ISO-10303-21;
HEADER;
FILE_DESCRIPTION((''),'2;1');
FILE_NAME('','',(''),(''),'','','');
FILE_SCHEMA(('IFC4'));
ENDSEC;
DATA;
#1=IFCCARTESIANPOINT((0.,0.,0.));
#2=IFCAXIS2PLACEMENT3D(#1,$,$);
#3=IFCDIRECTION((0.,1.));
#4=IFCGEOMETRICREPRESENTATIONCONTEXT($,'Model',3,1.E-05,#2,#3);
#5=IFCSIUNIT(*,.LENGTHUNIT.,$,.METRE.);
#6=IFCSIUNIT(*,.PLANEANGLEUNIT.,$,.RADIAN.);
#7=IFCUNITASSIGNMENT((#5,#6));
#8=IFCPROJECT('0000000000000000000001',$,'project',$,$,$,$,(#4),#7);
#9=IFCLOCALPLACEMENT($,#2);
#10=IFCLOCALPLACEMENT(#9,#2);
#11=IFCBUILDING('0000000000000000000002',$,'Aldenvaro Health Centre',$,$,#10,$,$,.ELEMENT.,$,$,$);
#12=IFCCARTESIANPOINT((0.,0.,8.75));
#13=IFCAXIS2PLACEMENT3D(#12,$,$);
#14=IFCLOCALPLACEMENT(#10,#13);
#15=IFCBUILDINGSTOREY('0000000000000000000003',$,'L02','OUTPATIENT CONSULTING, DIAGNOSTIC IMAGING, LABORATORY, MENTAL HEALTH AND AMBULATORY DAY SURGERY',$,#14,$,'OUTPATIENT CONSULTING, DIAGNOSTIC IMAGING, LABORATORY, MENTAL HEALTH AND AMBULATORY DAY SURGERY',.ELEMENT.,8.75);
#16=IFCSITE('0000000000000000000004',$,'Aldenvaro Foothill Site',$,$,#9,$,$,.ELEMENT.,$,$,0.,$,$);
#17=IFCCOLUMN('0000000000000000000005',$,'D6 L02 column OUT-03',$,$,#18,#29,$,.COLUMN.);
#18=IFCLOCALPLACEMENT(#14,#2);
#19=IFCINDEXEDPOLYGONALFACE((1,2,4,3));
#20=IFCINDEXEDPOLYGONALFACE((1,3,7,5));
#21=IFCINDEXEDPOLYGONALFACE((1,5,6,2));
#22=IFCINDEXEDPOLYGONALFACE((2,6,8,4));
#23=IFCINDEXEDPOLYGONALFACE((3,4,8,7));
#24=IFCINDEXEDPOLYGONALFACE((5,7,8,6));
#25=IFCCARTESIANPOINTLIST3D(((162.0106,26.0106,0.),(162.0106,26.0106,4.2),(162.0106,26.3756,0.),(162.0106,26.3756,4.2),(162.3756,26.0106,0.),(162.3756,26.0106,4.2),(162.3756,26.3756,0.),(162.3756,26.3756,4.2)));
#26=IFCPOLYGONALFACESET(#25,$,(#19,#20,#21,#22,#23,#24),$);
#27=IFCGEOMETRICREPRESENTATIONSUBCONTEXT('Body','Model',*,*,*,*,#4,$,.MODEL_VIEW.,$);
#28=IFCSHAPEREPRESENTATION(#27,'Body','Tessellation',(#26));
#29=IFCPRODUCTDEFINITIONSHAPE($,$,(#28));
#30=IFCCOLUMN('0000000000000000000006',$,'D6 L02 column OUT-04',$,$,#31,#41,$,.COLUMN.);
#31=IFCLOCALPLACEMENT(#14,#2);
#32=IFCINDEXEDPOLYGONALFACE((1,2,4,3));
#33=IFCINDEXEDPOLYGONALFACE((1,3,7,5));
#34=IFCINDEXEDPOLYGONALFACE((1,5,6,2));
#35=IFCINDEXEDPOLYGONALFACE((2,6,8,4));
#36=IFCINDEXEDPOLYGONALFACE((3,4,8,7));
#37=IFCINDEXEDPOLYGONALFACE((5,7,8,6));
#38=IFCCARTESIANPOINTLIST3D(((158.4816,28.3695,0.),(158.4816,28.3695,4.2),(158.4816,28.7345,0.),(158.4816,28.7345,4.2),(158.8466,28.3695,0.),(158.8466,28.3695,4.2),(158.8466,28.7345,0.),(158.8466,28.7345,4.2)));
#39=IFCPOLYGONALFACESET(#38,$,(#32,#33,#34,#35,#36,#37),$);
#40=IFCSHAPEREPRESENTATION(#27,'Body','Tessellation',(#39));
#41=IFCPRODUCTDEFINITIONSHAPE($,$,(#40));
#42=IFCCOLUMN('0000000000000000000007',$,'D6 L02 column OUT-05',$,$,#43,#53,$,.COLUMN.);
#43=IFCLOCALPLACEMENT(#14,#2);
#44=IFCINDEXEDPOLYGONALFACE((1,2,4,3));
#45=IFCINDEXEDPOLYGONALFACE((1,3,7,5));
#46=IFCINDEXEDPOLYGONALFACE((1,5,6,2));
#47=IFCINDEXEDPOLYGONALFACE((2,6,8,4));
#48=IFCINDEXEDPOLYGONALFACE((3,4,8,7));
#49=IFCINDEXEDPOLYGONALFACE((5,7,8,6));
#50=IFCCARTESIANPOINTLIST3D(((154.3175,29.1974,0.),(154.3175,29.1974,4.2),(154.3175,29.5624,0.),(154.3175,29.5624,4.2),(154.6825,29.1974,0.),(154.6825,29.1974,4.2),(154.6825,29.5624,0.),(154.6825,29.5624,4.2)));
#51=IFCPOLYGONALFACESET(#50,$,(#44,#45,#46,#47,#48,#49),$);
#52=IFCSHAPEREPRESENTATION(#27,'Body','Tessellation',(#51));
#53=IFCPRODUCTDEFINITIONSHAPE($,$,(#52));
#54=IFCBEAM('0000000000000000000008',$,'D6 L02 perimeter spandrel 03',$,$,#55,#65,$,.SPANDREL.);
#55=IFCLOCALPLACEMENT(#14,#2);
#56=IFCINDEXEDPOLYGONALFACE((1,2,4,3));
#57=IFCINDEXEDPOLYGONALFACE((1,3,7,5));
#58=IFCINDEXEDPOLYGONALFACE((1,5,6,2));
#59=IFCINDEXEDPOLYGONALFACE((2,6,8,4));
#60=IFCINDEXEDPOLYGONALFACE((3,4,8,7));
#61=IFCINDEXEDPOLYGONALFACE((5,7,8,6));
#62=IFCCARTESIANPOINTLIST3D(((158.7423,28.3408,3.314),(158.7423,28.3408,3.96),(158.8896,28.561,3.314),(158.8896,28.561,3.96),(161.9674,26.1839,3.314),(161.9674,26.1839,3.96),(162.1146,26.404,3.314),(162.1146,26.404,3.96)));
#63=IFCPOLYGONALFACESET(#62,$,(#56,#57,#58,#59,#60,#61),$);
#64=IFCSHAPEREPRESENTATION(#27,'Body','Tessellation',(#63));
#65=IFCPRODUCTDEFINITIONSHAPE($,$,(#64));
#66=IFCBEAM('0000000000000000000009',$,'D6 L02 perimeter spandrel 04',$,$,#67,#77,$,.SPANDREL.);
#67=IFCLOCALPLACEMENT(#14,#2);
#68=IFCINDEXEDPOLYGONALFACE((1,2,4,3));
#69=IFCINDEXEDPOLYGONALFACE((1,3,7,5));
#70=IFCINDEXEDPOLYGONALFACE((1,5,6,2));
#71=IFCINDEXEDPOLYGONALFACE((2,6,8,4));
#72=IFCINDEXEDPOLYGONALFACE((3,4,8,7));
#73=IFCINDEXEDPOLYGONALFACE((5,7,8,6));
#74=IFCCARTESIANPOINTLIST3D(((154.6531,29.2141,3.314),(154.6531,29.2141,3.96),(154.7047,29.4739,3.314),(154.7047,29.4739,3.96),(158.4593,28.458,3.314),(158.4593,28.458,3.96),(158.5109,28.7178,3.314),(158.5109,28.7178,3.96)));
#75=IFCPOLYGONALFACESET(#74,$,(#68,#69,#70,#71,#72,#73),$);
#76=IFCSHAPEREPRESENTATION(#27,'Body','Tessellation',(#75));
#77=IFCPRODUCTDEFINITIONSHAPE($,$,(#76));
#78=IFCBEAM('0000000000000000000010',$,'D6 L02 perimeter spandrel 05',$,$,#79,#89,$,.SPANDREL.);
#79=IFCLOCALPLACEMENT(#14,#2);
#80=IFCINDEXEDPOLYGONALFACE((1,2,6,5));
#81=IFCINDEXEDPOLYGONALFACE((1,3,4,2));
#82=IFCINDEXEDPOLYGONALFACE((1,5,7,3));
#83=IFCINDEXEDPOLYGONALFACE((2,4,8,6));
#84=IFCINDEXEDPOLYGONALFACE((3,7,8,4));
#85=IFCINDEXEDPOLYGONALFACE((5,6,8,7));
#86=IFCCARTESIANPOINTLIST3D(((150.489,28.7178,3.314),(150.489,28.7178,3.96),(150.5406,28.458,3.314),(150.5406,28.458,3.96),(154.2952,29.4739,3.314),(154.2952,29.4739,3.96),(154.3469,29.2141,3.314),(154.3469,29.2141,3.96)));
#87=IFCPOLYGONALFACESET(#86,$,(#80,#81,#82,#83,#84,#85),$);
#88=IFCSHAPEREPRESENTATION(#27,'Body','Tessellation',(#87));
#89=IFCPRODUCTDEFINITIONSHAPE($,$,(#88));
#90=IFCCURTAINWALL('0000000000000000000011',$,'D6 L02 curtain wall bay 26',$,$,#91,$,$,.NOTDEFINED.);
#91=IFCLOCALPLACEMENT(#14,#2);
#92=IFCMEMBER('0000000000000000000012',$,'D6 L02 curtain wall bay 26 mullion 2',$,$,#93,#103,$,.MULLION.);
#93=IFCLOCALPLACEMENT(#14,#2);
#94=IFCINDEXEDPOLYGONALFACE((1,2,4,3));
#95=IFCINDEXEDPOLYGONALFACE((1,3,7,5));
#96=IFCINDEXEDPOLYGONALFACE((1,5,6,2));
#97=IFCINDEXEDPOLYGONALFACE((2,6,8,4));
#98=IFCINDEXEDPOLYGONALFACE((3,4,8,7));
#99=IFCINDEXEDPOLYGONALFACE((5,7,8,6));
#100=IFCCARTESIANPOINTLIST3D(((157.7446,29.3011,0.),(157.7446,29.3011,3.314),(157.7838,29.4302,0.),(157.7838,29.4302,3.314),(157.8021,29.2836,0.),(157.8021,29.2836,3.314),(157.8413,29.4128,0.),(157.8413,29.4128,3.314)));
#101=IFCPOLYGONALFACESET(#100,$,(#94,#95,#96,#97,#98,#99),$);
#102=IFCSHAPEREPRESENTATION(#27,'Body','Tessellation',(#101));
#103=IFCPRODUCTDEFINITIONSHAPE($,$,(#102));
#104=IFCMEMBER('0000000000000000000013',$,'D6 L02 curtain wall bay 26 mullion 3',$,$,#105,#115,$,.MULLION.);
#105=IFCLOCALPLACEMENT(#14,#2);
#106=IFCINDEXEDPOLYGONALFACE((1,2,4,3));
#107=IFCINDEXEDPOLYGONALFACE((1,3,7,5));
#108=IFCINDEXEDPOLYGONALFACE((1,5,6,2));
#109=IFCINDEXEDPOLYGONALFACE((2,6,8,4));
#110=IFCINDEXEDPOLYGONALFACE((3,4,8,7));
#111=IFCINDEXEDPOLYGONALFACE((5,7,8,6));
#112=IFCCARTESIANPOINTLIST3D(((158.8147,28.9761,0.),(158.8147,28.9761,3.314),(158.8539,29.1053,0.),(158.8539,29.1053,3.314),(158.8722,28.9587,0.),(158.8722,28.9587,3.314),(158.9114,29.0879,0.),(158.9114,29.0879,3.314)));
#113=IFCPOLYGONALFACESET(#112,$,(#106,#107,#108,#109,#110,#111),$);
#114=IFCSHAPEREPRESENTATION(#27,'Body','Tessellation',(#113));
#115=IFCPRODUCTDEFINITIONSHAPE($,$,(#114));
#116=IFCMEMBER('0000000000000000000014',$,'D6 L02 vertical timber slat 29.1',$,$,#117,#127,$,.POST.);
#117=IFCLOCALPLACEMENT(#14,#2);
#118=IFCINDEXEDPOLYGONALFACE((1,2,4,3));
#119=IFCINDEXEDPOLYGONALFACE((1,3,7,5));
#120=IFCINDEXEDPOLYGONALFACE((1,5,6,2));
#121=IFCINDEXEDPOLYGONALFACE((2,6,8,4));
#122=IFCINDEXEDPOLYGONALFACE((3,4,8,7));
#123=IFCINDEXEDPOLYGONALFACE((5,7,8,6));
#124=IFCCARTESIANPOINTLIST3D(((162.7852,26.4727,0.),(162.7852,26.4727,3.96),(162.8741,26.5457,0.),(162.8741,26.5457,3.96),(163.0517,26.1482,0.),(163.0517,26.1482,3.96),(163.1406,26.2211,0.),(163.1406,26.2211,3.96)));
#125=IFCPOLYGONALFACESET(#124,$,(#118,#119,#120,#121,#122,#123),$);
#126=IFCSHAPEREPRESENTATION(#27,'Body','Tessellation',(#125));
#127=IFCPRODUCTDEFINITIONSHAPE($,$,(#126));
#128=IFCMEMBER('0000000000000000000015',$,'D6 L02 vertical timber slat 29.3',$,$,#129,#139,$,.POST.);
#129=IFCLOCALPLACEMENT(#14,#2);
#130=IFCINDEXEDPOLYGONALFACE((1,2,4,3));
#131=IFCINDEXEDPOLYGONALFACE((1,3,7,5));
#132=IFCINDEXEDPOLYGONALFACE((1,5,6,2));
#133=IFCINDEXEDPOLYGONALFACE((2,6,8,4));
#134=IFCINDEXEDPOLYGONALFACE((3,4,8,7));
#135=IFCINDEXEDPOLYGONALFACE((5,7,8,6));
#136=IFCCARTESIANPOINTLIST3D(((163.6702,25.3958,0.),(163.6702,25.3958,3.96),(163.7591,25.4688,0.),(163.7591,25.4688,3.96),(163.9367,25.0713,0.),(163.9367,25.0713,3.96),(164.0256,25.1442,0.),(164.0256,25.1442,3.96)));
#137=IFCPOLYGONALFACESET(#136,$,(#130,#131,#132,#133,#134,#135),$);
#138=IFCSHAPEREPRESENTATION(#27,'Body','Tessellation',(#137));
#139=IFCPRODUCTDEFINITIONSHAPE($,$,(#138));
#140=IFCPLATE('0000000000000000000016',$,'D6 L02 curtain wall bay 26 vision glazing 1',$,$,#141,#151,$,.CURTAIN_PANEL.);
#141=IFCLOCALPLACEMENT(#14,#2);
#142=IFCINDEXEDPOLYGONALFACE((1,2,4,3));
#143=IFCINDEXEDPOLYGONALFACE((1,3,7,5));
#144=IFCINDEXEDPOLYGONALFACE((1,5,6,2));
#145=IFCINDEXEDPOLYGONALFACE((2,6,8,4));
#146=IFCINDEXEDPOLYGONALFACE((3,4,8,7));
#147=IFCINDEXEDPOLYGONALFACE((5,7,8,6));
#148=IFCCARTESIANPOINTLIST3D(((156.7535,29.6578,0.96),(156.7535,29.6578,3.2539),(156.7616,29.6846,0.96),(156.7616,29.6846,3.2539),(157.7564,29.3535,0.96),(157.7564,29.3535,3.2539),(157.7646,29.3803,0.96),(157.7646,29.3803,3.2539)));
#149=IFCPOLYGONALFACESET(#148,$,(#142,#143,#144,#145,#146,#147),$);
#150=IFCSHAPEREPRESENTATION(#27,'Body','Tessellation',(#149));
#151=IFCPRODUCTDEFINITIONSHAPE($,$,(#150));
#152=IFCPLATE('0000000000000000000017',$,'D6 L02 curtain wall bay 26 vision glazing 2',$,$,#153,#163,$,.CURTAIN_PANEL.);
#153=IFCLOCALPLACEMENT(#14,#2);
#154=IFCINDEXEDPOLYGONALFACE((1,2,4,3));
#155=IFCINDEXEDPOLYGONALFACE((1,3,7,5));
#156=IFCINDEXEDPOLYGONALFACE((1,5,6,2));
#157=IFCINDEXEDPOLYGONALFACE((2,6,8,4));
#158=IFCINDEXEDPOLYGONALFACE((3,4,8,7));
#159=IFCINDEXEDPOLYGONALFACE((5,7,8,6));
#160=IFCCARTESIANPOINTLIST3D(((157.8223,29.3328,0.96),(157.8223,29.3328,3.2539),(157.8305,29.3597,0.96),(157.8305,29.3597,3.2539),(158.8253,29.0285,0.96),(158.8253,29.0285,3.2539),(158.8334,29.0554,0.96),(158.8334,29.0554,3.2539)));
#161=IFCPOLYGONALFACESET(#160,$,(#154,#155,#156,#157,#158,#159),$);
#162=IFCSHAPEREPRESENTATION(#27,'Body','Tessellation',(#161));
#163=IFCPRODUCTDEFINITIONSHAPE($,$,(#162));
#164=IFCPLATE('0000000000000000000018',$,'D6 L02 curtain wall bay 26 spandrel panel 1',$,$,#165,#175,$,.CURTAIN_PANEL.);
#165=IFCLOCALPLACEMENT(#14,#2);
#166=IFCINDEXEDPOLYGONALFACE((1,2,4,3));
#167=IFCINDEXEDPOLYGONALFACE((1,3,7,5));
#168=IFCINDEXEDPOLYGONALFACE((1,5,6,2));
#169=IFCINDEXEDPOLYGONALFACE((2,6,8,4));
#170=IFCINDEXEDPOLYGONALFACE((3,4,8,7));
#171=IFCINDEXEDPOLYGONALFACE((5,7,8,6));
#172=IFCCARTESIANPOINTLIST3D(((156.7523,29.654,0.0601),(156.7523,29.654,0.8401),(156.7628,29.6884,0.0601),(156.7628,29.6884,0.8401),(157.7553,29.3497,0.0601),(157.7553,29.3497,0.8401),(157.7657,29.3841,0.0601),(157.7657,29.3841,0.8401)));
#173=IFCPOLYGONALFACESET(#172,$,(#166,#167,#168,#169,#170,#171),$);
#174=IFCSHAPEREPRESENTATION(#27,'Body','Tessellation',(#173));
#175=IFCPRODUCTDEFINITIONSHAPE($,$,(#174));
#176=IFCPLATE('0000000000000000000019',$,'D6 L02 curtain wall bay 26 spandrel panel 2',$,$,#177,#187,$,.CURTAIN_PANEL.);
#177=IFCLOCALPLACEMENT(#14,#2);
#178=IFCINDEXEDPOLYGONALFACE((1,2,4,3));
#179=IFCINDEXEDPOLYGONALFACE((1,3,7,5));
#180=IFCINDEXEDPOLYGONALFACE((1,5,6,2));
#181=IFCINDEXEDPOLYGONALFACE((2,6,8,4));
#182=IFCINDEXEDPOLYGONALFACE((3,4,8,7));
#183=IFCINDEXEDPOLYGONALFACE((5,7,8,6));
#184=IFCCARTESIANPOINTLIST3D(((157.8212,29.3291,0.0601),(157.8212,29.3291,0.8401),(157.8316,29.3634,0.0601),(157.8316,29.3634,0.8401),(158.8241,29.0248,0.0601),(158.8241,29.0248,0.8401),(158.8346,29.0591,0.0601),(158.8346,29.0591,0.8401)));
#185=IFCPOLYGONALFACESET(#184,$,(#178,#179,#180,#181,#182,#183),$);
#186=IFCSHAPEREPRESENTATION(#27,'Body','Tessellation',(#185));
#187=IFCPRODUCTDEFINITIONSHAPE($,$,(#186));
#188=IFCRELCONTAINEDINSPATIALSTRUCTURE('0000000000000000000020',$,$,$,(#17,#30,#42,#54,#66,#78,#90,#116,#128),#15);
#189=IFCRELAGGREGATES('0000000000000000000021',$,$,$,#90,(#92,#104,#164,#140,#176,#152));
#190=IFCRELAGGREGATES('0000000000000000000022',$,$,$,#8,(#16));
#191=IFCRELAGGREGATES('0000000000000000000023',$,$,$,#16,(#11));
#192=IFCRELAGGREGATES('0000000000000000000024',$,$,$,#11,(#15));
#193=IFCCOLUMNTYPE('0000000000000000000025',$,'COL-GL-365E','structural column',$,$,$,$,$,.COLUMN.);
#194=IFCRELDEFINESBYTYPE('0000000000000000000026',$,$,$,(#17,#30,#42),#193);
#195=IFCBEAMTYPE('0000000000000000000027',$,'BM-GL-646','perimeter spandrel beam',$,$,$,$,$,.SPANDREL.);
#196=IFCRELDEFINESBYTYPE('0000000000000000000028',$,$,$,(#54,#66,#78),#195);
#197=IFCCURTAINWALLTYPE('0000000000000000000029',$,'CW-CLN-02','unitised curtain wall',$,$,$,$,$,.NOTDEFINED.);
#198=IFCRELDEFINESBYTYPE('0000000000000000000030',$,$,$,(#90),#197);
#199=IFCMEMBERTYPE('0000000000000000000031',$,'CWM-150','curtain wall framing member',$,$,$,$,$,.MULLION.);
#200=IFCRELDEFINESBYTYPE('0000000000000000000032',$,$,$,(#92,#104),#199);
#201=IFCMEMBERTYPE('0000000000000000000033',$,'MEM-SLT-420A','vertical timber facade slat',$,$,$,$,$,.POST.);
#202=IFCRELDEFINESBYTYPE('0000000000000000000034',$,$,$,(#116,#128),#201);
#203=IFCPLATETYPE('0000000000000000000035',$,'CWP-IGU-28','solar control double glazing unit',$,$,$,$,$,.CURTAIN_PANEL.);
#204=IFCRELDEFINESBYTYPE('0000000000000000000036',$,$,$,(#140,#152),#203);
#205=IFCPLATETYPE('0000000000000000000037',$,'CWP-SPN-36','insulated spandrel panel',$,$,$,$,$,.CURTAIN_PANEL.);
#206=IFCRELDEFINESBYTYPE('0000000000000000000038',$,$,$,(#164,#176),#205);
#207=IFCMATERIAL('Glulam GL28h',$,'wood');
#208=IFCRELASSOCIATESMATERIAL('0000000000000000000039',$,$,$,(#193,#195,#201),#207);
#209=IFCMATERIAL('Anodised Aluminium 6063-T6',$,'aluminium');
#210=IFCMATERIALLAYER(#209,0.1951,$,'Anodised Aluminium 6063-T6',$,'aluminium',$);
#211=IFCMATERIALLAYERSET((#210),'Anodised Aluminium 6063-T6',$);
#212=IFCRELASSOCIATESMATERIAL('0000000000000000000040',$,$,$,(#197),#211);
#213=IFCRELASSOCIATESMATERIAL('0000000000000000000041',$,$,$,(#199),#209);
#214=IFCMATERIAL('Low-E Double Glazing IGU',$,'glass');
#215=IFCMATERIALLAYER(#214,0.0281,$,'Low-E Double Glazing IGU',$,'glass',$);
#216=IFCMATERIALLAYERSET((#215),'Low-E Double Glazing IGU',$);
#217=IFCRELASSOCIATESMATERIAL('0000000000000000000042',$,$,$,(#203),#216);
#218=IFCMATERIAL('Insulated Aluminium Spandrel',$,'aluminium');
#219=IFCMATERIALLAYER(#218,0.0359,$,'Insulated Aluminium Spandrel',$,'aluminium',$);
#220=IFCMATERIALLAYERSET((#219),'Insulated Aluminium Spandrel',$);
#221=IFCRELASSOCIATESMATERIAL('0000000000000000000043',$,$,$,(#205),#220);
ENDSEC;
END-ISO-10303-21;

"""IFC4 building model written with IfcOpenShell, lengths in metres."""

from ifc_helpers import new_model, si_unit, direction, frame, origin, origin_2d, place, context, subcontext, project, spatial, rectangle, extrude, material, layer, layer_set, material_profile, profile_set, type_object, element, aggregate, save


model = new_model("IFC4")

# Units and contexts
model_context = context("Model", 3, precision=1e-05, world=origin(), true_north=direction((0.0, 1.0)))
body_context = subcontext(model_context, "Body", "Model", "MODEL_VIEW")
ifc_project = project(units=[si_unit("LENGTHUNIT", "METRE"), si_unit("PLANEANGLEUNIT", "RADIAN")], contexts=[model_context])

# Site, building, storey
site_placement = place(None, origin())
site = spatial("IfcSite", under=ifc_project, at=site_placement, Name="Aldenvaro Foothill Site", CompositionType="ELEMENT", RefElevation=0.0)
building_placement = place(site_placement, origin())
building = spatial("IfcBuilding", under=site, at=building_placement, Name="Aldenvaro Health Centre", CompositionType="ELEMENT")
storey_placement = place(building_placement, frame((0.0, 0.0, 8.75)))
storey = spatial("IfcBuildingStorey", under=building, at=storey_placement, Name="L02", Description="OUTPATIENT CONSULTING, DIAGNOSTIC IMAGING, LABORATORY, MENTAL HEALTH AND AMBULATORY DAY SURGERY", LongName="OUTPATIENT CONSULTING, DIAGNOSTIC IMAGING, LABORATORY, MENTAL HEALTH AND AMBULATORY DAY SURGERY", CompositionType="ELEMENT", Elevation=8.75)

# Columns
ifc_material_1 = material(Name="Glulam GL28h", Category="wood")
ifc_material_profile_1 = material_profile(ifc_material_1, rectangle(XDim=0.365, YDim=0.365, at=origin_2d()), Name="GL 365x365", Category="wood")
ifc_profile_set_1 = profile_set([ifc_material_profile_1], Name="Glulam GL28h")
column_type = type_object("IfcColumnType", Name="COL-GL-365E", Description="structural column", PredefinedType="COLUMN", material=ifc_profile_set_1)
for number, where, z_axis, x_axis, name in (
    (1, (162.1931, 26.1931, 0.0), (0.0, 0.0, 1.0), (1.0, 0.0, 0.0), "D6 L02 column OUT-03"),
    (2, (158.6641, 28.552, 0.0), (0.0, 0.0, 1.0), (1.0, 0.0, 0.0), "D6 L02 column OUT-04"),
    (3, (154.5, 29.3799, 0.0), (0.0, 0.0, 1.0), (1.0, 0.0, 0.0), "D6 L02 column OUT-05"),
):
    element("IfcColumn", number, at=place(storey_placement, frame(where, z_axis=z_axis, x_axis=x_axis)), inside=storey, type_object=column_type, Name=name, PredefinedType="COLUMN", context=body_context, shape_type="SweptSolid", body=[
        extrude(rectangle(XDim=0.365, YDim=0.365, at=origin_2d()), origin(), (0.0, 0.0, 1.0), 4.2),
    ])

# Beams
ifc_material_profile_2 = material_profile(ifc_material_1, rectangle(XDim=0.2649, YDim=0.646, at=origin_2d()), Name="GL 265x646", Category="wood")
ifc_profile_set_2 = profile_set([ifc_material_profile_2], Name="Glulam GL28h")
beam_type = type_object("IfcBeamType", Name="BM-GL-646", Description="perimeter spandrel beam", PredefinedType="SPANDREL", material=ifc_profile_set_2)
beam_placement = place(storey_placement, frame((162.041, 26.2939, 3.637), z_axis=(-0.831227, 0.555934, 0.0), x_axis=(-0.555934, -0.831227, 0.0)))
element("IfcBeam", 4, at=beam_placement, inside=storey, type_object=beam_type, Name="D6 L02 perimeter spandrel 03", PredefinedType="SPANDREL", context=body_context, shape_type="SweptSolid", body=[
    extrude(rectangle(XDim=0.2649, YDim=0.646, at=origin_2d()), origin(), (0.0, 0.0, 1.0), 3.8799),
])
for number, where, z_axis, x_axis, name in (
    (5, (158.4851, 28.5879, 3.637), (-0.980834, 0.194846, 0.0), (-0.194846, -0.980834, 0.0), "D6 L02 perimeter spandrel 04"),
    (6, (154.321, 29.344, 3.637), (-0.980834, -0.194846, 0.0), (0.194846, -0.980834, 0.0), "D6 L02 perimeter spandrel 05"),
):
    element("IfcBeam", number, at=place(storey_placement, frame(where, z_axis=z_axis, x_axis=x_axis)), inside=storey, type_object=beam_type, Name=name, PredefinedType="SPANDREL", context=body_context, shape_type="SweptSolid", body=[
        extrude(rectangle(XDim=0.2649, YDim=0.646, at=origin_2d()), origin(), (0.0, 0.0, 1.0), 3.8806),
    ])

# Curtain wall, members
ifc_material_2 = material(Name="Anodised Aluminium 6063-T6", Category="aluminium")
ifc_layer_1 = layer(ifc_material_2, 0.1951, Name="Anodised Aluminium 6063-T6", Category="aluminium")
ifc_layer_set_1 = layer_set([ifc_layer_1], Name="Anodised Aluminium 6063-T6")
curtain_wall_type = type_object("IfcCurtainWallType", Name="CW-CLN-02", Description="unitised curtain wall", PredefinedType="NOTDEFINED", material=ifc_layer_set_1)
curtain_wall_placement = place(storey_placement, origin())
curtain_wall = element("IfcCurtainWall", 7, at=curtain_wall_placement, inside=storey, type_object=curtain_wall_type, Name="D6 L02 curtain wall bay 26", PredefinedType="NOTDEFINED")
ifc_material_profile_3 = material_profile(ifc_material_2, rectangle(XDim=0.0601, YDim=0.135, at=origin_2d()), Name="ALU 60x135", Category="aluminium")
ifc_profile_set_3 = profile_set([ifc_material_profile_3], Name="Anodised Aluminium 6063-T6")
member_type_1 = type_object("IfcMemberType", Name="CWM-150", Description="curtain wall framing member", PredefinedType="MULLION", material=ifc_profile_set_3)
member_1_placement = place(storey_placement, frame((157.793, 29.3569, 0.0), z_axis=(0.0, 0.0, 1.0), x_axis=(0.956923, -0.290343, 0.0)))
member_1 = element("IfcMember", 8, at=member_1_placement, type_object=member_type_1, Name="D6 L02 curtain wall bay 26 mullion 2", PredefinedType="MULLION", context=body_context, shape_type="SweptSolid", body=[
    extrude(rectangle(XDim=0.0601, YDim=0.135, at=origin_2d()), origin(), (0.0, 0.0, 1.0), 3.314),
])
member_2_placement = place(storey_placement, frame((158.863, 29.032, 0.0), z_axis=(0.0, 0.0, 1.0), x_axis=(0.956923, -0.290343, 0.0)))
member_2 = element("IfcMember", 9, at=member_2_placement, type_object=member_type_1, Name="D6 L02 curtain wall bay 26 mullion 3", PredefinedType="MULLION", context=body_context, shape_type="SweptSolid", body=[
    extrude(rectangle(XDim=0.0601, YDim=0.135, at=origin_2d()), origin(), (0.0, 0.0, 1.0), 3.314),
])

# Members
ifc_material_profile_4 = material_profile(ifc_material_1, rectangle(XDim=0.115, YDim=0.4199, at=origin_2d()), Name="GL 115x420", Category="wood")
ifc_profile_set_4 = profile_set([ifc_material_profile_4], Name="Glulam GL28h")
member_type_2 = type_object("IfcMemberType", Name="MEM-SLT-420A", Description="vertical timber facade slat", PredefinedType="POST", material=ifc_profile_set_4)
for number, where, z_axis, x_axis, name in (
    (10, (162.9629, 26.3469, 0.0), (0.0, 0.0, 1.0), (0.77286, 0.634577, 0.0), "D6 L02 vertical timber slat 29.1"),
    (11, (163.8479, 25.27, 0.0), (0.0, 0.0, 1.0), (0.77286, 0.634577, 0.0), "D6 L02 vertical timber slat 29.3"),
):
    element("IfcMember", number, at=place(storey_placement, frame(where, z_axis=z_axis, x_axis=x_axis)), inside=storey, type_object=member_type_2, Name=name, PredefinedType="POST", context=body_context, shape_type="SweptSolid", body=[
        extrude(rectangle(XDim=0.115, YDim=0.4199, at=origin_2d()), origin(), (0.0, 0.0, 1.0), 3.96),
    ])

# Plates
ifc_material_3 = material(Name="Low-E Double Glazing IGU", Category="glass")
ifc_layer_2 = layer(ifc_material_3, 0.0281, Name="Low-E Double Glazing IGU", Category="glass")
ifc_layer_set_2 = layer_set([ifc_layer_2], Name="Low-E Double Glazing IGU")
plate_type_1 = type_object("IfcPlateType", Name="CWP-IGU-28", Description="solar control double glazing unit", PredefinedType="CURTAIN_PANEL", material=ifc_layer_set_2)
plate_1_placement = place(storey_placement, frame((157.259, 29.519, 0.96), z_axis=(0.0, 0.0, 1.0), x_axis=(0.956923, -0.290343, 0.0)))
plate_1 = element("IfcPlate", 12, at=plate_1_placement, type_object=plate_type_1, Name="D6 L02 curtain wall bay 26 vision glazing 1", PredefinedType="CURTAIN_PANEL", context=body_context, shape_type="SweptSolid", body=[
    extrude(rectangle(XDim=1.0481, YDim=0.0281, at=origin_2d()), origin(), (0.0, 0.0, 1.0), 2.2939),
])
plate_2_placement = place(storey_placement, frame((158.3279, 29.1941, 0.96), z_axis=(0.0, 0.0, 1.0), x_axis=(0.956923, -0.290343, 0.0)))
plate_2 = element("IfcPlate", 13, at=plate_2_placement, type_object=plate_type_1, Name="D6 L02 curtain wall bay 26 vision glazing 2", PredefinedType="CURTAIN_PANEL", context=body_context, shape_type="SweptSolid", body=[
    extrude(rectangle(XDim=1.0481, YDim=0.0281, at=origin_2d()), origin(), (0.0, 0.0, 1.0), 2.2939),
])
ifc_material_4 = material(Name="Insulated Aluminium Spandrel", Category="aluminium")
ifc_layer_3 = layer(ifc_material_4, 0.0359, Name="Insulated Aluminium Spandrel", Category="aluminium")
ifc_layer_set_3 = layer_set([ifc_layer_3], Name="Insulated Aluminium Spandrel")
plate_type_2 = type_object("IfcPlateType", Name="CWP-SPN-36", Description="insulated spandrel panel", PredefinedType="CURTAIN_PANEL", material=ifc_layer_set_3)
plate_3_placement = place(storey_placement, frame((157.259, 29.519, 0.0601), z_axis=(0.0, 0.0, 1.0), x_axis=(0.956923, -0.290343, 0.0)))
plate_3 = element("IfcPlate", 14, at=plate_3_placement, type_object=plate_type_2, Name="D6 L02 curtain wall bay 26 spandrel panel 1", PredefinedType="CURTAIN_PANEL", context=body_context, shape_type="SweptSolid", body=[
    extrude(rectangle(XDim=1.0481, YDim=0.0359, at=origin_2d()), origin(), (0.0, 0.0, 1.0), 0.78),
])
plate_4_placement = place(storey_placement, frame((158.3279, 29.1941, 0.0601), z_axis=(0.0, 0.0, 1.0), x_axis=(0.956923, -0.290343, 0.0)))
plate_4 = element("IfcPlate", 15, at=plate_4_placement, type_object=plate_type_2, Name="D6 L02 curtain wall bay 26 spandrel panel 2", PredefinedType="CURTAIN_PANEL", context=body_context, shape_type="SweptSolid", body=[
    extrude(rectangle(XDim=1.0481, YDim=0.0359, at=origin_2d()), origin(), (0.0, 0.0, 1.0), 0.78),
])
aggregate(curtain_wall, [member_1, member_2, plate_3, plate_1, plate_4, plate_2])

save(model, "model.ifc")
